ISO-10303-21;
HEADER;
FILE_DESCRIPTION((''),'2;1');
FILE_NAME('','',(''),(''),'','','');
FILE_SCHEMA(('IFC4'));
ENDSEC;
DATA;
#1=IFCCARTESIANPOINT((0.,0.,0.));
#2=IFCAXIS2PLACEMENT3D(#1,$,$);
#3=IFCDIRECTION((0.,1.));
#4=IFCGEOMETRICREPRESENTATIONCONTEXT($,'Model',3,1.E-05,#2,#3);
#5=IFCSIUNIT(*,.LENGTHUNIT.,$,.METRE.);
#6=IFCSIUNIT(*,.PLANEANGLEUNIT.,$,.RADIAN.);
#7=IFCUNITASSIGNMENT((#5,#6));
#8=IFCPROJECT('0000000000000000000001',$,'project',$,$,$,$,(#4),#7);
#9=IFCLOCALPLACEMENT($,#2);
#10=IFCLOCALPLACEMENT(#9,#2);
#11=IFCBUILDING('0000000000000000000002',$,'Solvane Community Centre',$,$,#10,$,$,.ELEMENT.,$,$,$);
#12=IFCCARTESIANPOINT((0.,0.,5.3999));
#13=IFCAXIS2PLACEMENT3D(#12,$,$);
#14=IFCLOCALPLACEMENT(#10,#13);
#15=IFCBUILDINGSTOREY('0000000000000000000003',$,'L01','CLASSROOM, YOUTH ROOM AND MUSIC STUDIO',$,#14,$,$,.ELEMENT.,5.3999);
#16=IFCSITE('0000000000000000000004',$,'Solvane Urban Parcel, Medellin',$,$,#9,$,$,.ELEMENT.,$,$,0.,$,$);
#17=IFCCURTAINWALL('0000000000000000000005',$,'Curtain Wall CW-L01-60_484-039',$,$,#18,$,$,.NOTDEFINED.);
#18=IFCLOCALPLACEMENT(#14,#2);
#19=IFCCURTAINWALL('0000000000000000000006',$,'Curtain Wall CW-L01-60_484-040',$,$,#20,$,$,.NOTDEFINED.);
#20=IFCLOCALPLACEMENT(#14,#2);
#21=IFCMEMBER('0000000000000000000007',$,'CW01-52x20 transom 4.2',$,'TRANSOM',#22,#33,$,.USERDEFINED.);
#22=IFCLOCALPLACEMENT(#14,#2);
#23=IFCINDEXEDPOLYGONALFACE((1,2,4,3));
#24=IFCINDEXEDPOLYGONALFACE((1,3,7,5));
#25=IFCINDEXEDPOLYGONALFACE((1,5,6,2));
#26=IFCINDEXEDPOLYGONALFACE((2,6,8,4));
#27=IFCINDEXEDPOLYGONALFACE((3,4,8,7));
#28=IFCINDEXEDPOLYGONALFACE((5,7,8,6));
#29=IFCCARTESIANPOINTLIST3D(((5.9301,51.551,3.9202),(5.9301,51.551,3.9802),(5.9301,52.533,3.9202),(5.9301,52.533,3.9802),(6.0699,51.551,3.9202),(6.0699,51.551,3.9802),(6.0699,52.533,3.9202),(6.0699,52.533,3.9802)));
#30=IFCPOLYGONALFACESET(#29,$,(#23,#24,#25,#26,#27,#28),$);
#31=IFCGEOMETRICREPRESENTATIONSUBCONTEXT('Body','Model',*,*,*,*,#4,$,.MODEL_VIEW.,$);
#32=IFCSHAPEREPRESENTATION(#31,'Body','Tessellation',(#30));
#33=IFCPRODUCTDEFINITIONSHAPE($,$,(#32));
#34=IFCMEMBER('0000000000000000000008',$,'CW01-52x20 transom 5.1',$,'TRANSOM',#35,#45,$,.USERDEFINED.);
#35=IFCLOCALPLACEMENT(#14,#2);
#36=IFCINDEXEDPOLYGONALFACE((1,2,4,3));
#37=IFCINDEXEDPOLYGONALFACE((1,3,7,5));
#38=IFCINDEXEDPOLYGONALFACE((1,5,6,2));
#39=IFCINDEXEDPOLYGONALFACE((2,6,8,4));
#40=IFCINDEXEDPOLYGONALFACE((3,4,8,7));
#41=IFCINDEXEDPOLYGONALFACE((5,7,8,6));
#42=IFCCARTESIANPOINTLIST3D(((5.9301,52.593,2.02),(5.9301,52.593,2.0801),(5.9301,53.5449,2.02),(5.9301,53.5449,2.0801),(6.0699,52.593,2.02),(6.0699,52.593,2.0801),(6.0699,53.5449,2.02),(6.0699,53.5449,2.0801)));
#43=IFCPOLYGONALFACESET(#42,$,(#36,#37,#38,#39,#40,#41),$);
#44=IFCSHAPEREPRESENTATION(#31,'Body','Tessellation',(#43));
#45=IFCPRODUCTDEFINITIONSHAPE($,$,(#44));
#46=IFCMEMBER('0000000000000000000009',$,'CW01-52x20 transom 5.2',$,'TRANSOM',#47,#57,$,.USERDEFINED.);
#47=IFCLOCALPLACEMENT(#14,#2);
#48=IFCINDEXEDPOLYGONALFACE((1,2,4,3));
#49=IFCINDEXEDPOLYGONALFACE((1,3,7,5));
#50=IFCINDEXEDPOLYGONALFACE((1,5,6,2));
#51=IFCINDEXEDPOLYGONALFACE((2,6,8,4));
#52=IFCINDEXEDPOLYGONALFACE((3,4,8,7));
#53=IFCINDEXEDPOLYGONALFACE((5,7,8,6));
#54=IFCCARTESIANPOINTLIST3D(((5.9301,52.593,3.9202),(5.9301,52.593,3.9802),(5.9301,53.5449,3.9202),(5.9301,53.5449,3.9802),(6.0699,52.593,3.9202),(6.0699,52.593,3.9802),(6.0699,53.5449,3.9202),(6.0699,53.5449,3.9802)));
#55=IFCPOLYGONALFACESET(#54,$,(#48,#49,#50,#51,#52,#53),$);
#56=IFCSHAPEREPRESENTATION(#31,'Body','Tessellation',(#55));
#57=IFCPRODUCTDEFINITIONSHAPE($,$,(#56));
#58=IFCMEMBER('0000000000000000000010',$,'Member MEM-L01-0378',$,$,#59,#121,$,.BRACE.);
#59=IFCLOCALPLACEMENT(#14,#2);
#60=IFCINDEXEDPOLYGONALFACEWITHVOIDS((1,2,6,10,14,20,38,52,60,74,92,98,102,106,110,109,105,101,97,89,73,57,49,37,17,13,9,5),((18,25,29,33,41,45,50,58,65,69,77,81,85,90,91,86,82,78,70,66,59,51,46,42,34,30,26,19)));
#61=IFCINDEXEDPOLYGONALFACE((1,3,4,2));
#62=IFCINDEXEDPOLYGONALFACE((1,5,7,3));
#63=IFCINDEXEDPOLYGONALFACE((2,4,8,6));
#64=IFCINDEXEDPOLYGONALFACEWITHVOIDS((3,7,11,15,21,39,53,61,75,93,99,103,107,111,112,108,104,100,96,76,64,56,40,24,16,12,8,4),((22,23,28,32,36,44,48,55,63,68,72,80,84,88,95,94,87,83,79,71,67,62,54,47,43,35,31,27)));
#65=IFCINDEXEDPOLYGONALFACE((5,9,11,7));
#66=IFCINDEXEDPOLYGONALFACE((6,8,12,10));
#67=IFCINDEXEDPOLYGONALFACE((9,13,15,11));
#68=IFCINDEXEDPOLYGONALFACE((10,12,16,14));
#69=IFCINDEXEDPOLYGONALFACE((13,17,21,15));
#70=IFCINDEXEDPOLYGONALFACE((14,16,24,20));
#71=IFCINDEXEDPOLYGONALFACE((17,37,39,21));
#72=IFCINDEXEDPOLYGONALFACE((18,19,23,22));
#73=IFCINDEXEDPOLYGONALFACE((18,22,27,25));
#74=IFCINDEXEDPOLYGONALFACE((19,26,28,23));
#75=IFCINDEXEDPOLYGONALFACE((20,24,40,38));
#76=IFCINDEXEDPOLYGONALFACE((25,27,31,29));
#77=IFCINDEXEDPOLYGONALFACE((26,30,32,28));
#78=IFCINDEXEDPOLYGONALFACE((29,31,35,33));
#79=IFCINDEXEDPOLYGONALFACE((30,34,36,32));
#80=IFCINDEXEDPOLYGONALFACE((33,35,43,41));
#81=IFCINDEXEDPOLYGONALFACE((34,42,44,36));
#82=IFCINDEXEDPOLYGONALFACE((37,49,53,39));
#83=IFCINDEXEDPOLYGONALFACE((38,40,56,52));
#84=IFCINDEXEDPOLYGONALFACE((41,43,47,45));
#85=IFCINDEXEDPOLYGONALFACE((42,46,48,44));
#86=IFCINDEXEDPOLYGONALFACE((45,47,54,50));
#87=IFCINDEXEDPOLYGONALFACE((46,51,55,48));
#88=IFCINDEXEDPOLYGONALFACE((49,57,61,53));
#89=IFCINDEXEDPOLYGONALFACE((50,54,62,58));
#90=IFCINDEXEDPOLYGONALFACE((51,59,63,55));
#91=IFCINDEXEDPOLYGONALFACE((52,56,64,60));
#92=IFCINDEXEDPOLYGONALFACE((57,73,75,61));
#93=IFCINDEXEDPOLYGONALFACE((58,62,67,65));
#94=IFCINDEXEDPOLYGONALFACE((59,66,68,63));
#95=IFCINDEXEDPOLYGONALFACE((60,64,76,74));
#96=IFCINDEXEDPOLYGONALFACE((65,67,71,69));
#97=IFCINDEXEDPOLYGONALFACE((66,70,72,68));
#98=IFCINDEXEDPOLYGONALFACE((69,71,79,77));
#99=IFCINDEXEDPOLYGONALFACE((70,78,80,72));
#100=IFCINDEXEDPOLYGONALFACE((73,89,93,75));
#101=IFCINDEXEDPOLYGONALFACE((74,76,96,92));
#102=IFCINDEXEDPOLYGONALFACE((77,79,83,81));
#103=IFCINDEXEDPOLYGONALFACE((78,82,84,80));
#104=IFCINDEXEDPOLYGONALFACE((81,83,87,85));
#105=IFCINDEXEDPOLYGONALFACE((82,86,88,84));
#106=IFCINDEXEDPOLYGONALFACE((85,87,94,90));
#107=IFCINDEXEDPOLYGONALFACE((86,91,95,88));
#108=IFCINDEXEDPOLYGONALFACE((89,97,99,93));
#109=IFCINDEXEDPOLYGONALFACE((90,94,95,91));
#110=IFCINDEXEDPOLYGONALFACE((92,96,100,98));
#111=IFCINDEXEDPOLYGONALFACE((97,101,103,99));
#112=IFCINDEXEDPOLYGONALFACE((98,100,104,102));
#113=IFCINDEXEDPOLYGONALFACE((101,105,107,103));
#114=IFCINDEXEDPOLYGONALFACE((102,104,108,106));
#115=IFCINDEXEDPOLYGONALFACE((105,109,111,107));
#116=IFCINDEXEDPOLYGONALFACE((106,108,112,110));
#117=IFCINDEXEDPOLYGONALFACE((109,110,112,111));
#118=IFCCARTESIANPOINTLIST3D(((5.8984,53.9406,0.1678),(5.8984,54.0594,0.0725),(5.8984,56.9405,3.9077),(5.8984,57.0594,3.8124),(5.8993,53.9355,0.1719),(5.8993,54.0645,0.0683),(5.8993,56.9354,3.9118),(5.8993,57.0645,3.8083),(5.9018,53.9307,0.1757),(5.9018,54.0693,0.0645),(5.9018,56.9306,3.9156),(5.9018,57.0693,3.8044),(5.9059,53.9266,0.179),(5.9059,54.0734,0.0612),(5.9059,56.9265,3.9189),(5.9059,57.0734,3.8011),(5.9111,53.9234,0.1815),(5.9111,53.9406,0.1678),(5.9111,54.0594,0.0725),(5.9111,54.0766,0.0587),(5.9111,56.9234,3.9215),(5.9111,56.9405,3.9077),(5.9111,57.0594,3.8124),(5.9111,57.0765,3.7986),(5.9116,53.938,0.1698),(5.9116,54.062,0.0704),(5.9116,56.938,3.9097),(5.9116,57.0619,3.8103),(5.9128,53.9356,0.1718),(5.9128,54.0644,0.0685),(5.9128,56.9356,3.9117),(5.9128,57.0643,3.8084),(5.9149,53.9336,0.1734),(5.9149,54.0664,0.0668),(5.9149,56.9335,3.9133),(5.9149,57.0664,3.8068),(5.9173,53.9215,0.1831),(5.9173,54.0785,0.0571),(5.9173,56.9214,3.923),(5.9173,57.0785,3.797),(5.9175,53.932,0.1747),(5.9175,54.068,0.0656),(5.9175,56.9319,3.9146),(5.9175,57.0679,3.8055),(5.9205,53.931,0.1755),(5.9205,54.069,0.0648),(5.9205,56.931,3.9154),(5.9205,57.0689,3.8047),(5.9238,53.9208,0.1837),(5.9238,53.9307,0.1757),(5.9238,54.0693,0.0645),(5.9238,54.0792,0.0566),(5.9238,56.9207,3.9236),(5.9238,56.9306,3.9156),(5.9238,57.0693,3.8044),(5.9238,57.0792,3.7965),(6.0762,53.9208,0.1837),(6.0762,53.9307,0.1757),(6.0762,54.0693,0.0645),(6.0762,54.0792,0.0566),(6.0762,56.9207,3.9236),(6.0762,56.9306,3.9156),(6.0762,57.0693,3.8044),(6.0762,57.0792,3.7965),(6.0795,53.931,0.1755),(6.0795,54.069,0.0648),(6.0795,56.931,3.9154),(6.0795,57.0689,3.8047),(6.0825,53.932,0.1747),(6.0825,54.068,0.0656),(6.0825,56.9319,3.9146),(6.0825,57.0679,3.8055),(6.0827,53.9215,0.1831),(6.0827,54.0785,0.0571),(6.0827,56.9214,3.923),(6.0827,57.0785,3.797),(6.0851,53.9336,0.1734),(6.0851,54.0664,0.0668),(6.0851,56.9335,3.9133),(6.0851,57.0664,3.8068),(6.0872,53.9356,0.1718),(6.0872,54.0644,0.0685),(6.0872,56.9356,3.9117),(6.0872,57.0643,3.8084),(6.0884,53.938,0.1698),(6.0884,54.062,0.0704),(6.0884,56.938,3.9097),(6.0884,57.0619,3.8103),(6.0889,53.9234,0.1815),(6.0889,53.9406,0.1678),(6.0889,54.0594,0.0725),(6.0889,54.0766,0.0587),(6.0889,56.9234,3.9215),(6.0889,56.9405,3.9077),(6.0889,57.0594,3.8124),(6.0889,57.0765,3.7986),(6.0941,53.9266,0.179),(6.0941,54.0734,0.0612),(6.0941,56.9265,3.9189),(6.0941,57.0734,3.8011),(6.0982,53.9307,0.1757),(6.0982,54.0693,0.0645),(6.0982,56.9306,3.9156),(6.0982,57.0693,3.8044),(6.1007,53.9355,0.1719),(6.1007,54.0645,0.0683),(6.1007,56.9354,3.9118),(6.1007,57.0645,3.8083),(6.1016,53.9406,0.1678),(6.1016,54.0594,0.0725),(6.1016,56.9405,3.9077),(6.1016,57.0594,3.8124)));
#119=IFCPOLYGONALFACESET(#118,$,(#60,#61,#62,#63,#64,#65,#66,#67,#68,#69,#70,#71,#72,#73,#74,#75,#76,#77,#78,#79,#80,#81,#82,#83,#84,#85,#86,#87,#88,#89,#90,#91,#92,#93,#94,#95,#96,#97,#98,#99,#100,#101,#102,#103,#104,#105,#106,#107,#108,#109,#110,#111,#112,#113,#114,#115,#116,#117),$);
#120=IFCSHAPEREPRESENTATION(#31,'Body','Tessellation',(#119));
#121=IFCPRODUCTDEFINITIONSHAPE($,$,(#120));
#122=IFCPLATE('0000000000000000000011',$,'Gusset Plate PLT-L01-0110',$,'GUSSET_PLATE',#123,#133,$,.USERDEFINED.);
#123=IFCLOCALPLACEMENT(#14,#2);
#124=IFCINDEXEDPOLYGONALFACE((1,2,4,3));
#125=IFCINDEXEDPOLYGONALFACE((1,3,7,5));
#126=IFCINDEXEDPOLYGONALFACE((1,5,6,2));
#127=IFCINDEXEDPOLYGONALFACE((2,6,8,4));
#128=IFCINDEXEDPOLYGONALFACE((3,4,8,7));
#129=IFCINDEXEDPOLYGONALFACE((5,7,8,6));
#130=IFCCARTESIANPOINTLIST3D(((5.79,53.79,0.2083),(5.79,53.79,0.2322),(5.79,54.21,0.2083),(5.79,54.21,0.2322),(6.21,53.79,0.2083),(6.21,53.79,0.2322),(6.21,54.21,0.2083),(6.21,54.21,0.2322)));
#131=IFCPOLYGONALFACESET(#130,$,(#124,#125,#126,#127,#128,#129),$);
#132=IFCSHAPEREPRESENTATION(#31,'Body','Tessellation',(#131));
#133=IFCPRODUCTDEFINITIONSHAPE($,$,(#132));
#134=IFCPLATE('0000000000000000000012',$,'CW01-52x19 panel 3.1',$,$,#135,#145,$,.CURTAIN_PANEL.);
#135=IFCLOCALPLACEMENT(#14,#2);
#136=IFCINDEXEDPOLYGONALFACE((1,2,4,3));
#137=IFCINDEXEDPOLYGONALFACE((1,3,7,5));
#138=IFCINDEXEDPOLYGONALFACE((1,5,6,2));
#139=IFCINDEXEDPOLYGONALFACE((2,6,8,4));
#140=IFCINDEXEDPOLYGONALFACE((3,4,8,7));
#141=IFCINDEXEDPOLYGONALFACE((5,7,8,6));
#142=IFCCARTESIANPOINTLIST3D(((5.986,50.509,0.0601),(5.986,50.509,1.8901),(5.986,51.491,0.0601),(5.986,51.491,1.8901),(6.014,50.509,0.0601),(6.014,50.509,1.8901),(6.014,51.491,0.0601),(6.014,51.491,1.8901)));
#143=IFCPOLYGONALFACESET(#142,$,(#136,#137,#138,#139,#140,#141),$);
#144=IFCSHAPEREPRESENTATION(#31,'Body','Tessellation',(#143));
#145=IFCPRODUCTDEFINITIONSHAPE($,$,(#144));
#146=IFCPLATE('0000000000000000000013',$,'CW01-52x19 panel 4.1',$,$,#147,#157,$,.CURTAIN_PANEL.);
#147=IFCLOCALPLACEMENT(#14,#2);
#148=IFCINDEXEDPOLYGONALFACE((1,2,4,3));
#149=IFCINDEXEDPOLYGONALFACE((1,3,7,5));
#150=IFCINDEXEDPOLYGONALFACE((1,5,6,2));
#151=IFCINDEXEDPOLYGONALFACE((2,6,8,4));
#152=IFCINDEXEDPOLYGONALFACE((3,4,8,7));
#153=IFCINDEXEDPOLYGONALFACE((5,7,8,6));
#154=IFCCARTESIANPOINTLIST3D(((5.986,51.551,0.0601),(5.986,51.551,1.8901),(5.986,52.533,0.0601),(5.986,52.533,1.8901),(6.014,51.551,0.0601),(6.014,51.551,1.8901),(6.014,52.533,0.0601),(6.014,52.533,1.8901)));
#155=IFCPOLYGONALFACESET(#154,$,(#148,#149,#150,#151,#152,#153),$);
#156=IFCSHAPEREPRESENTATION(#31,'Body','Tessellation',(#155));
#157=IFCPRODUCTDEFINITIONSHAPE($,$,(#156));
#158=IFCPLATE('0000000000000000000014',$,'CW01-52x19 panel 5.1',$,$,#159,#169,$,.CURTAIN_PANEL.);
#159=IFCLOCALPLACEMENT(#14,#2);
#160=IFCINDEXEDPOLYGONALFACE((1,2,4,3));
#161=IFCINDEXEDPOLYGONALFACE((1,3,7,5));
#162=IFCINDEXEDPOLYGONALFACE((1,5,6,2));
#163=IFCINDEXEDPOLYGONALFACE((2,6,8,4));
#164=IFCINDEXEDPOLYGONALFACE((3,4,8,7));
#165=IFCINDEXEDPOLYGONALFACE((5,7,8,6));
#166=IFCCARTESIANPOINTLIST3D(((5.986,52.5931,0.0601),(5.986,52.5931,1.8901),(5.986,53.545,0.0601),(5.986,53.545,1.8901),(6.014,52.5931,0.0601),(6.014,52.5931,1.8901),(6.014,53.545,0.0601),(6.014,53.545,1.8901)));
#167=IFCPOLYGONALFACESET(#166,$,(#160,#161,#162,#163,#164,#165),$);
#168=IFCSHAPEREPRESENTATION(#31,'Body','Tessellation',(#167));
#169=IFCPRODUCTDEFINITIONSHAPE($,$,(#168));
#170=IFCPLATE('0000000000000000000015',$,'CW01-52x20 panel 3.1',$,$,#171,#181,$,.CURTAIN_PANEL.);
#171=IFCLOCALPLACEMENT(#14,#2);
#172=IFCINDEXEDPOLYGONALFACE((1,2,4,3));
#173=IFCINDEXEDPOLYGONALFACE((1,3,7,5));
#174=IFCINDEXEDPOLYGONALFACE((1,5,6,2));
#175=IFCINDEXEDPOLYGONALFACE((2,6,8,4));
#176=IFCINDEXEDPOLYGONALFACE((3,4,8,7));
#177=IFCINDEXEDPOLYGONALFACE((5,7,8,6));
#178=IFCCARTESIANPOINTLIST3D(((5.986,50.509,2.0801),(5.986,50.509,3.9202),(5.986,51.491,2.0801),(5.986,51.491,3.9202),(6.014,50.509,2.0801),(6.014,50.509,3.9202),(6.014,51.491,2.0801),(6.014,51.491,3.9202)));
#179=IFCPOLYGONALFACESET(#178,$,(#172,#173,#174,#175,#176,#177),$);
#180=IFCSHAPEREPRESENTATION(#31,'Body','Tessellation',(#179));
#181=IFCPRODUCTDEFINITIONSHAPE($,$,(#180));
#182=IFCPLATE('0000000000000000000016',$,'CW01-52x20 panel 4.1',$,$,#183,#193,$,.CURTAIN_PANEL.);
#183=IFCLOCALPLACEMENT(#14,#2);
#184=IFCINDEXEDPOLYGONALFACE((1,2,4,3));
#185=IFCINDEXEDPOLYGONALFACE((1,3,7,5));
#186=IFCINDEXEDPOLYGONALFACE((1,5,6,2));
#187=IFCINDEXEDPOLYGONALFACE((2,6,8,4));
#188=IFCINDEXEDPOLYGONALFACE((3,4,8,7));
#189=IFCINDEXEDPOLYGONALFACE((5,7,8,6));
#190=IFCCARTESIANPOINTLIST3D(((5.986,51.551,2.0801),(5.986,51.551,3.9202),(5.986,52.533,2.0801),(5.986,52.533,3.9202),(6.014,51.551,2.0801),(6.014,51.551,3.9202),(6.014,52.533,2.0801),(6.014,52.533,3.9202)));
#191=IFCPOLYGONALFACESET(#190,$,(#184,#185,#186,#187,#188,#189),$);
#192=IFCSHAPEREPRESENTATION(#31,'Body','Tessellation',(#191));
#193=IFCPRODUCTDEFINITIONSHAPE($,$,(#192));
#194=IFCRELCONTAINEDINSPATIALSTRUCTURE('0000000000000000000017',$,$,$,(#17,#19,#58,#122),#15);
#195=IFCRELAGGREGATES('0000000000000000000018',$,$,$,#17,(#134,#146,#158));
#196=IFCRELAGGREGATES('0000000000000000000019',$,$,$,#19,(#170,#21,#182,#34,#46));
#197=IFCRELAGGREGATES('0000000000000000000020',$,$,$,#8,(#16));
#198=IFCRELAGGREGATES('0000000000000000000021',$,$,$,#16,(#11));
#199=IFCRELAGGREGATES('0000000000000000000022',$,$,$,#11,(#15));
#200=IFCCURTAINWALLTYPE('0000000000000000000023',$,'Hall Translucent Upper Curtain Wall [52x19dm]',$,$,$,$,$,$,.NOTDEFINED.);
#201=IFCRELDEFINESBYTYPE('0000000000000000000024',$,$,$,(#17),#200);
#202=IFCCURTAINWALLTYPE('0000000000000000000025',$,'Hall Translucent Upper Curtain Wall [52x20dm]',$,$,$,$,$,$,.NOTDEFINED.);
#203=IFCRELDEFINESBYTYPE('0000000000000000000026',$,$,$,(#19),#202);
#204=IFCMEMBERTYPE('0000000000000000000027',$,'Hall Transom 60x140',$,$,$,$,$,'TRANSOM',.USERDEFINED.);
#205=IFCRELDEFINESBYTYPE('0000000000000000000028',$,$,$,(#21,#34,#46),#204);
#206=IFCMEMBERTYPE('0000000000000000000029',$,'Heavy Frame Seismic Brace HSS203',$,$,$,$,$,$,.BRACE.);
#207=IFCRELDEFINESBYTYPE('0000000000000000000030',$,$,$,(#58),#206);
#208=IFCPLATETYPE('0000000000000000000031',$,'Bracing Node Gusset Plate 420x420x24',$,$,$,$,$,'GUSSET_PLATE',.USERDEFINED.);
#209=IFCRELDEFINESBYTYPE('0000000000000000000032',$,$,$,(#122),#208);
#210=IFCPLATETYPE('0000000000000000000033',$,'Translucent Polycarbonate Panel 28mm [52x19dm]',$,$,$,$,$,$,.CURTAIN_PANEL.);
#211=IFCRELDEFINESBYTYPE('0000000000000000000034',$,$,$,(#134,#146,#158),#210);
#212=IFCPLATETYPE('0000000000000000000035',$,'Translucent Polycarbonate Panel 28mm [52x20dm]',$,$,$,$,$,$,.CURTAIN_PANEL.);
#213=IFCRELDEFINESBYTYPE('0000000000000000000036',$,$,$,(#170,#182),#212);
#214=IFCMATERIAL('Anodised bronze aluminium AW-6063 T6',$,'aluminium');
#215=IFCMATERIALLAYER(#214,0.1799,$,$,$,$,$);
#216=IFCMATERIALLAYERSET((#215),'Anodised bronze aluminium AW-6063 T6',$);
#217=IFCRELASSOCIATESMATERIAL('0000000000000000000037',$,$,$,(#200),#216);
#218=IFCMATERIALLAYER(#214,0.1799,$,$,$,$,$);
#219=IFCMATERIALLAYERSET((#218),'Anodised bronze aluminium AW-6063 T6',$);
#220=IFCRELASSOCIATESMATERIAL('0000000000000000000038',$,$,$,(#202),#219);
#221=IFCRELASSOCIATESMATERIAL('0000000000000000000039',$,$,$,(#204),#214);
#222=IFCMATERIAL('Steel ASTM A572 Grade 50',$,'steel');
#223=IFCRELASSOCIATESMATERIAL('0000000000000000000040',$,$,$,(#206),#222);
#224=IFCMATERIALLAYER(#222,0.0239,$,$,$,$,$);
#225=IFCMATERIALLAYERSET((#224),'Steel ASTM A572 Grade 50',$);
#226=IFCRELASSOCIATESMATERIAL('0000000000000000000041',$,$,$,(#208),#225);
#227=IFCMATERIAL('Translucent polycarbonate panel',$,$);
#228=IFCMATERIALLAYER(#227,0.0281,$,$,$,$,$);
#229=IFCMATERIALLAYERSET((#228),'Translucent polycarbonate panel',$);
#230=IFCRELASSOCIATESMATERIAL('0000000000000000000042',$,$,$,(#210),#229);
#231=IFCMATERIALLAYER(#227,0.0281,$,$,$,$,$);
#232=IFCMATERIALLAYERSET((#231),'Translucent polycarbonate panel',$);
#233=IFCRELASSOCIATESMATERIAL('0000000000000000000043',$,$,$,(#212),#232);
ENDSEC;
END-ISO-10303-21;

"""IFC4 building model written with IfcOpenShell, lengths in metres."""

from ifc_helpers import new_model, si_unit, direction, frame, origin, origin_2d, place, context, subcontext, project, spatial, rectangle, hollow_rectangle, extrude, material, layer, layer_set, material_profile, profile_set, type_object, element, aggregate, save


model = new_model("IFC4")

# Units and contexts
model_context = context("Model", 3, precision=1e-05, world=origin(), true_north=direction((0.0, 1.0)))
body_context = subcontext(model_context, "Body", "Model", "MODEL_VIEW")
ifc_project = project(units=[si_unit("LENGTHUNIT", "METRE"), si_unit("PLANEANGLEUNIT", "RADIAN")], contexts=[model_context])

# Site, building, storey
site_placement = place(None, origin())
site = spatial("IfcSite", under=ifc_project, at=site_placement, Name="Solvane Urban Parcel, Medellin", CompositionType="ELEMENT", RefElevation=0.0)
building_placement = place(site_placement, origin())
building = spatial("IfcBuilding", under=site, at=building_placement, Name="Solvane Community Centre", CompositionType="ELEMENT")
storey_placement = place(building_placement, frame((0.0, 0.0, 5.3999)))
storey = spatial("IfcBuildingStorey", under=building, at=storey_placement, Name="L01", Description="CLASSROOM, YOUTH ROOM AND MUSIC STUDIO", CompositionType="ELEMENT", Elevation=5.3999)

# Curtain walls
ifc_material_1 = material(Name="Anodised bronze aluminium AW-6063 T6", Category="aluminium")
ifc_layer_1 = layer(ifc_material_1, 0.1799)
ifc_layer_set_1 = layer_set([ifc_layer_1], Name="Anodised bronze aluminium AW-6063 T6")
curtain_wall_type_1 = type_object("IfcCurtainWallType", Name="Hall Translucent Upper Curtain Wall [52x19dm]", PredefinedType="NOTDEFINED", material=ifc_layer_set_1)
curtain_wall_1_placement = place(storey_placement, origin())
curtain_wall_1 = element("IfcCurtainWall", 1, at=curtain_wall_1_placement, inside=storey, type_object=curtain_wall_type_1, Name="Curtain Wall CW-L01-60_484-039", PredefinedType="NOTDEFINED")
ifc_layer_2 = layer(ifc_material_1, 0.1799)
ifc_layer_set_2 = layer_set([ifc_layer_2], Name="Anodised bronze aluminium AW-6063 T6")
curtain_wall_type_2 = type_object("IfcCurtainWallType", Name="Hall Translucent Upper Curtain Wall [52x20dm]", PredefinedType="NOTDEFINED", material=ifc_layer_set_2)
curtain_wall_2_placement = place(storey_placement, origin())
curtain_wall_2 = element("IfcCurtainWall", 2, at=curtain_wall_2_placement, inside=storey, type_object=curtain_wall_type_2, Name="Curtain Wall CW-L01-60_484-040", PredefinedType="NOTDEFINED")

# Members
ifc_material_profile_1 = material_profile(ifc_material_1, rectangle(XDim=0.1399, YDim=0.0601, at=origin_2d()), Name="CW-T 60x140")
ifc_profile_set_1 = profile_set([ifc_material_profile_1], Name="Anodised bronze aluminium AW-6063 T6")
member_type_1 = type_object("IfcMemberType", Name="Hall Transom 60x140", ElementType="TRANSOM", PredefinedType="USERDEFINED", material=ifc_profile_set_1)
member_1_placement = place(storey_placement, frame((6.0, 51.551, 3.9502), z_axis=(0.0, 1.0, 0.0), x_axis=(-1.0, 0.0, 0.0)))
member_1 = element("IfcMember", 3, at=member_1_placement, type_object=member_type_1, Name="CW01-52x20 transom 4.2", ObjectType="TRANSOM", PredefinedType="USERDEFINED", context=body_context, shape_type="SweptSolid", body=[
    extrude(rectangle(XDim=0.1399, YDim=0.0601, at=origin_2d()), origin(), (0.0, 0.0, 1.0), 0.9819),
])
member_2_placement = place(storey_placement, frame((6.0, 52.593, 2.05), z_axis=(0.0, 1.0, 0.0), x_axis=(-1.0, 0.0, 0.0)))
member_2 = element("IfcMember", 4, at=member_2_placement, type_object=member_type_1, Name="CW01-52x20 transom 5.1", ObjectType="TRANSOM", PredefinedType="USERDEFINED", context=body_context, shape_type="SweptSolid", body=[
    extrude(rectangle(XDim=0.1399, YDim=0.0601, at=origin_2d()), origin(), (0.0, 0.0, 1.0), 0.9519),
])
member_3_placement = place(storey_placement, frame((6.0, 52.593, 3.9502), z_axis=(0.0, 1.0, 0.0), x_axis=(-1.0, 0.0, 0.0)))
member_3 = element("IfcMember", 5, at=member_3_placement, type_object=member_type_1, Name="CW01-52x20 transom 5.2", ObjectType="TRANSOM", PredefinedType="USERDEFINED", context=body_context, shape_type="SweptSolid", body=[
    extrude(rectangle(XDim=0.1399, YDim=0.0601, at=origin_2d()), origin(), (0.0, 0.0, 1.0), 0.9519),
])
ifc_material_2 = material(Name="Steel ASTM A572 Grade 50", Category="steel")
ifc_material_profile_2 = material_profile(ifc_material_2, hollow_rectangle(XDim=0.2031, YDim=0.2031, WallThickness=0.0127, InnerFilletRadius=0.0127, OuterFilletRadius=0.0254, at=origin_2d()), Name="HSS 203x203x12.7")
ifc_profile_set_2 = profile_set([ifc_material_profile_2], Name="Steel ASTM A572 Grade 50")
member_type_2 = type_object("IfcMemberType", Name="Heavy Frame Seismic Brace HSS203", PredefinedType="BRACE", material=ifc_profile_set_2)
member_4_placement = place(storey_placement, frame((6.0, 54.0, 0.1201), z_axis=(0.0, 0.625713, 0.780053), x_axis=(-1.0, 0.0, 0.0)))
element("IfcMember", 6, at=member_4_placement, inside=storey, type_object=member_type_2, Name="Member MEM-L01-0378", PredefinedType="BRACE", context=body_context, shape_type="SweptSolid", body=[
    extrude(hollow_rectangle(XDim=0.2031, YDim=0.2031, WallThickness=0.0127, InnerFilletRadius=0.0127, OuterFilletRadius=0.0254, at=origin_2d()), origin(), (0.0, 0.0, 1.0), 4.7944),
])

# Plates
ifc_layer_3 = layer(ifc_material_2, 0.0239)
ifc_layer_set_3 = layer_set([ifc_layer_3], Name="Steel ASTM A572 Grade 50")
plate_type_1 = type_object("IfcPlateType", Name="Bracing Node Gusset Plate 420x420x24", ElementType="GUSSET_PLATE", PredefinedType="USERDEFINED", material=ifc_layer_set_3)
plate_1_placement = place(storey_placement, frame((6.0, 54.0, 0.2083), z_axis=(0.0, 0.0, 1.0), x_axis=(1.0, 0.0, 0.0)))
element("IfcPlate", 7, at=plate_1_placement, inside=storey, type_object=plate_type_1, Name="Gusset Plate PLT-L01-0110", ObjectType="GUSSET_PLATE", PredefinedType="USERDEFINED", context=body_context, shape_type="SweptSolid", body=[
    extrude(rectangle(XDim=0.4199, YDim=0.4199, at=origin_2d()), origin(), (0.0, 0.0, 1.0), 0.0239),
])
ifc_material_3 = material(Name="Translucent polycarbonate panel")
ifc_layer_4 = layer(ifc_material_3, 0.0281)
ifc_layer_set_4 = layer_set([ifc_layer_4], Name="Translucent polycarbonate panel")
plate_type_2 = type_object("IfcPlateType", Name="Translucent Polycarbonate Panel 28mm [52x19dm]", PredefinedType="CURTAIN_PANEL", material=ifc_layer_set_4)
plate_2_placement = place(storey_placement, frame((6.0, 51.0, 0.0601), z_axis=(0.0, 0.0, 1.0), x_axis=(0.0, 1.0, 0.0)))
plate_2 = element("IfcPlate", 8, at=plate_2_placement, type_object=plate_type_2, Name="CW01-52x19 panel 3.1", PredefinedType="CURTAIN_PANEL", context=body_context, shape_type="SweptSolid", body=[
    extrude(rectangle(XDim=0.9819, YDim=0.0281, at=origin_2d()), origin(), (0.0, 0.0, 1.0), 1.8301),
])
plate_3_placement = place(storey_placement, frame((6.0, 52.042, 0.0601), z_axis=(0.0, 0.0, 1.0), x_axis=(0.0, 1.0, 0.0)))
plate_3 = element("IfcPlate", 9, at=plate_3_placement, type_object=plate_type_2, Name="CW01-52x19 panel 4.1", PredefinedType="CURTAIN_PANEL", context=body_context, shape_type="SweptSolid", body=[
    extrude(rectangle(XDim=0.9819, YDim=0.0281, at=origin_2d()), origin(), (0.0, 0.0, 1.0), 1.8301),
])
plate_4_placement = place(storey_placement, frame((6.0, 53.0691, 0.0601), z_axis=(0.0, 0.0, 1.0), x_axis=(0.0, 1.0, 0.0)))
plate_4 = element("IfcPlate", 10, at=plate_4_placement, type_object=plate_type_2, Name="CW01-52x19 panel 5.1", PredefinedType="CURTAIN_PANEL", context=body_context, shape_type="SweptSolid", body=[
    extrude(rectangle(XDim=0.9519, YDim=0.0281, at=origin_2d()), origin(), (0.0, 0.0, 1.0), 1.8301),
])
aggregate(curtain_wall_1, [plate_2, plate_3, plate_4])
ifc_layer_5 = layer(ifc_material_3, 0.0281)
ifc_layer_set_5 = layer_set([ifc_layer_5], Name="Translucent polycarbonate panel")
plate_type_3 = type_object("IfcPlateType", Name="Translucent Polycarbonate Panel 28mm [52x20dm]", PredefinedType="CURTAIN_PANEL", material=ifc_layer_set_5)
plate_5_placement = place(storey_placement, frame((6.0, 51.0, 2.0801), z_axis=(0.0, 0.0, 1.0), x_axis=(0.0, 1.0, 0.0)))
plate_5 = element("IfcPlate", 11, at=plate_5_placement, type_object=plate_type_3, Name="CW01-52x20 panel 3.1", PredefinedType="CURTAIN_PANEL", context=body_context, shape_type="SweptSolid", body=[
    extrude(rectangle(XDim=0.9819, YDim=0.0281, at=origin_2d()), origin(), (0.0, 0.0, 1.0), 1.8401),
])
plate_6_placement = place(storey_placement, frame((6.0, 52.042, 2.0801), z_axis=(0.0, 0.0, 1.0), x_axis=(0.0, 1.0, 0.0)))
plate_6 = element("IfcPlate", 12, at=plate_6_placement, type_object=plate_type_3, Name="CW01-52x20 panel 4.1", PredefinedType="CURTAIN_PANEL", context=body_context, shape_type="SweptSolid", body=[
    extrude(rectangle(XDim=0.9819, YDim=0.0281, at=origin_2d()), origin(), (0.0, 0.0, 1.0), 1.8401),
])
aggregate(curtain_wall_2, [plate_5, member_1, plate_6, member_2, member_3])

save(model, "model.ifc")
